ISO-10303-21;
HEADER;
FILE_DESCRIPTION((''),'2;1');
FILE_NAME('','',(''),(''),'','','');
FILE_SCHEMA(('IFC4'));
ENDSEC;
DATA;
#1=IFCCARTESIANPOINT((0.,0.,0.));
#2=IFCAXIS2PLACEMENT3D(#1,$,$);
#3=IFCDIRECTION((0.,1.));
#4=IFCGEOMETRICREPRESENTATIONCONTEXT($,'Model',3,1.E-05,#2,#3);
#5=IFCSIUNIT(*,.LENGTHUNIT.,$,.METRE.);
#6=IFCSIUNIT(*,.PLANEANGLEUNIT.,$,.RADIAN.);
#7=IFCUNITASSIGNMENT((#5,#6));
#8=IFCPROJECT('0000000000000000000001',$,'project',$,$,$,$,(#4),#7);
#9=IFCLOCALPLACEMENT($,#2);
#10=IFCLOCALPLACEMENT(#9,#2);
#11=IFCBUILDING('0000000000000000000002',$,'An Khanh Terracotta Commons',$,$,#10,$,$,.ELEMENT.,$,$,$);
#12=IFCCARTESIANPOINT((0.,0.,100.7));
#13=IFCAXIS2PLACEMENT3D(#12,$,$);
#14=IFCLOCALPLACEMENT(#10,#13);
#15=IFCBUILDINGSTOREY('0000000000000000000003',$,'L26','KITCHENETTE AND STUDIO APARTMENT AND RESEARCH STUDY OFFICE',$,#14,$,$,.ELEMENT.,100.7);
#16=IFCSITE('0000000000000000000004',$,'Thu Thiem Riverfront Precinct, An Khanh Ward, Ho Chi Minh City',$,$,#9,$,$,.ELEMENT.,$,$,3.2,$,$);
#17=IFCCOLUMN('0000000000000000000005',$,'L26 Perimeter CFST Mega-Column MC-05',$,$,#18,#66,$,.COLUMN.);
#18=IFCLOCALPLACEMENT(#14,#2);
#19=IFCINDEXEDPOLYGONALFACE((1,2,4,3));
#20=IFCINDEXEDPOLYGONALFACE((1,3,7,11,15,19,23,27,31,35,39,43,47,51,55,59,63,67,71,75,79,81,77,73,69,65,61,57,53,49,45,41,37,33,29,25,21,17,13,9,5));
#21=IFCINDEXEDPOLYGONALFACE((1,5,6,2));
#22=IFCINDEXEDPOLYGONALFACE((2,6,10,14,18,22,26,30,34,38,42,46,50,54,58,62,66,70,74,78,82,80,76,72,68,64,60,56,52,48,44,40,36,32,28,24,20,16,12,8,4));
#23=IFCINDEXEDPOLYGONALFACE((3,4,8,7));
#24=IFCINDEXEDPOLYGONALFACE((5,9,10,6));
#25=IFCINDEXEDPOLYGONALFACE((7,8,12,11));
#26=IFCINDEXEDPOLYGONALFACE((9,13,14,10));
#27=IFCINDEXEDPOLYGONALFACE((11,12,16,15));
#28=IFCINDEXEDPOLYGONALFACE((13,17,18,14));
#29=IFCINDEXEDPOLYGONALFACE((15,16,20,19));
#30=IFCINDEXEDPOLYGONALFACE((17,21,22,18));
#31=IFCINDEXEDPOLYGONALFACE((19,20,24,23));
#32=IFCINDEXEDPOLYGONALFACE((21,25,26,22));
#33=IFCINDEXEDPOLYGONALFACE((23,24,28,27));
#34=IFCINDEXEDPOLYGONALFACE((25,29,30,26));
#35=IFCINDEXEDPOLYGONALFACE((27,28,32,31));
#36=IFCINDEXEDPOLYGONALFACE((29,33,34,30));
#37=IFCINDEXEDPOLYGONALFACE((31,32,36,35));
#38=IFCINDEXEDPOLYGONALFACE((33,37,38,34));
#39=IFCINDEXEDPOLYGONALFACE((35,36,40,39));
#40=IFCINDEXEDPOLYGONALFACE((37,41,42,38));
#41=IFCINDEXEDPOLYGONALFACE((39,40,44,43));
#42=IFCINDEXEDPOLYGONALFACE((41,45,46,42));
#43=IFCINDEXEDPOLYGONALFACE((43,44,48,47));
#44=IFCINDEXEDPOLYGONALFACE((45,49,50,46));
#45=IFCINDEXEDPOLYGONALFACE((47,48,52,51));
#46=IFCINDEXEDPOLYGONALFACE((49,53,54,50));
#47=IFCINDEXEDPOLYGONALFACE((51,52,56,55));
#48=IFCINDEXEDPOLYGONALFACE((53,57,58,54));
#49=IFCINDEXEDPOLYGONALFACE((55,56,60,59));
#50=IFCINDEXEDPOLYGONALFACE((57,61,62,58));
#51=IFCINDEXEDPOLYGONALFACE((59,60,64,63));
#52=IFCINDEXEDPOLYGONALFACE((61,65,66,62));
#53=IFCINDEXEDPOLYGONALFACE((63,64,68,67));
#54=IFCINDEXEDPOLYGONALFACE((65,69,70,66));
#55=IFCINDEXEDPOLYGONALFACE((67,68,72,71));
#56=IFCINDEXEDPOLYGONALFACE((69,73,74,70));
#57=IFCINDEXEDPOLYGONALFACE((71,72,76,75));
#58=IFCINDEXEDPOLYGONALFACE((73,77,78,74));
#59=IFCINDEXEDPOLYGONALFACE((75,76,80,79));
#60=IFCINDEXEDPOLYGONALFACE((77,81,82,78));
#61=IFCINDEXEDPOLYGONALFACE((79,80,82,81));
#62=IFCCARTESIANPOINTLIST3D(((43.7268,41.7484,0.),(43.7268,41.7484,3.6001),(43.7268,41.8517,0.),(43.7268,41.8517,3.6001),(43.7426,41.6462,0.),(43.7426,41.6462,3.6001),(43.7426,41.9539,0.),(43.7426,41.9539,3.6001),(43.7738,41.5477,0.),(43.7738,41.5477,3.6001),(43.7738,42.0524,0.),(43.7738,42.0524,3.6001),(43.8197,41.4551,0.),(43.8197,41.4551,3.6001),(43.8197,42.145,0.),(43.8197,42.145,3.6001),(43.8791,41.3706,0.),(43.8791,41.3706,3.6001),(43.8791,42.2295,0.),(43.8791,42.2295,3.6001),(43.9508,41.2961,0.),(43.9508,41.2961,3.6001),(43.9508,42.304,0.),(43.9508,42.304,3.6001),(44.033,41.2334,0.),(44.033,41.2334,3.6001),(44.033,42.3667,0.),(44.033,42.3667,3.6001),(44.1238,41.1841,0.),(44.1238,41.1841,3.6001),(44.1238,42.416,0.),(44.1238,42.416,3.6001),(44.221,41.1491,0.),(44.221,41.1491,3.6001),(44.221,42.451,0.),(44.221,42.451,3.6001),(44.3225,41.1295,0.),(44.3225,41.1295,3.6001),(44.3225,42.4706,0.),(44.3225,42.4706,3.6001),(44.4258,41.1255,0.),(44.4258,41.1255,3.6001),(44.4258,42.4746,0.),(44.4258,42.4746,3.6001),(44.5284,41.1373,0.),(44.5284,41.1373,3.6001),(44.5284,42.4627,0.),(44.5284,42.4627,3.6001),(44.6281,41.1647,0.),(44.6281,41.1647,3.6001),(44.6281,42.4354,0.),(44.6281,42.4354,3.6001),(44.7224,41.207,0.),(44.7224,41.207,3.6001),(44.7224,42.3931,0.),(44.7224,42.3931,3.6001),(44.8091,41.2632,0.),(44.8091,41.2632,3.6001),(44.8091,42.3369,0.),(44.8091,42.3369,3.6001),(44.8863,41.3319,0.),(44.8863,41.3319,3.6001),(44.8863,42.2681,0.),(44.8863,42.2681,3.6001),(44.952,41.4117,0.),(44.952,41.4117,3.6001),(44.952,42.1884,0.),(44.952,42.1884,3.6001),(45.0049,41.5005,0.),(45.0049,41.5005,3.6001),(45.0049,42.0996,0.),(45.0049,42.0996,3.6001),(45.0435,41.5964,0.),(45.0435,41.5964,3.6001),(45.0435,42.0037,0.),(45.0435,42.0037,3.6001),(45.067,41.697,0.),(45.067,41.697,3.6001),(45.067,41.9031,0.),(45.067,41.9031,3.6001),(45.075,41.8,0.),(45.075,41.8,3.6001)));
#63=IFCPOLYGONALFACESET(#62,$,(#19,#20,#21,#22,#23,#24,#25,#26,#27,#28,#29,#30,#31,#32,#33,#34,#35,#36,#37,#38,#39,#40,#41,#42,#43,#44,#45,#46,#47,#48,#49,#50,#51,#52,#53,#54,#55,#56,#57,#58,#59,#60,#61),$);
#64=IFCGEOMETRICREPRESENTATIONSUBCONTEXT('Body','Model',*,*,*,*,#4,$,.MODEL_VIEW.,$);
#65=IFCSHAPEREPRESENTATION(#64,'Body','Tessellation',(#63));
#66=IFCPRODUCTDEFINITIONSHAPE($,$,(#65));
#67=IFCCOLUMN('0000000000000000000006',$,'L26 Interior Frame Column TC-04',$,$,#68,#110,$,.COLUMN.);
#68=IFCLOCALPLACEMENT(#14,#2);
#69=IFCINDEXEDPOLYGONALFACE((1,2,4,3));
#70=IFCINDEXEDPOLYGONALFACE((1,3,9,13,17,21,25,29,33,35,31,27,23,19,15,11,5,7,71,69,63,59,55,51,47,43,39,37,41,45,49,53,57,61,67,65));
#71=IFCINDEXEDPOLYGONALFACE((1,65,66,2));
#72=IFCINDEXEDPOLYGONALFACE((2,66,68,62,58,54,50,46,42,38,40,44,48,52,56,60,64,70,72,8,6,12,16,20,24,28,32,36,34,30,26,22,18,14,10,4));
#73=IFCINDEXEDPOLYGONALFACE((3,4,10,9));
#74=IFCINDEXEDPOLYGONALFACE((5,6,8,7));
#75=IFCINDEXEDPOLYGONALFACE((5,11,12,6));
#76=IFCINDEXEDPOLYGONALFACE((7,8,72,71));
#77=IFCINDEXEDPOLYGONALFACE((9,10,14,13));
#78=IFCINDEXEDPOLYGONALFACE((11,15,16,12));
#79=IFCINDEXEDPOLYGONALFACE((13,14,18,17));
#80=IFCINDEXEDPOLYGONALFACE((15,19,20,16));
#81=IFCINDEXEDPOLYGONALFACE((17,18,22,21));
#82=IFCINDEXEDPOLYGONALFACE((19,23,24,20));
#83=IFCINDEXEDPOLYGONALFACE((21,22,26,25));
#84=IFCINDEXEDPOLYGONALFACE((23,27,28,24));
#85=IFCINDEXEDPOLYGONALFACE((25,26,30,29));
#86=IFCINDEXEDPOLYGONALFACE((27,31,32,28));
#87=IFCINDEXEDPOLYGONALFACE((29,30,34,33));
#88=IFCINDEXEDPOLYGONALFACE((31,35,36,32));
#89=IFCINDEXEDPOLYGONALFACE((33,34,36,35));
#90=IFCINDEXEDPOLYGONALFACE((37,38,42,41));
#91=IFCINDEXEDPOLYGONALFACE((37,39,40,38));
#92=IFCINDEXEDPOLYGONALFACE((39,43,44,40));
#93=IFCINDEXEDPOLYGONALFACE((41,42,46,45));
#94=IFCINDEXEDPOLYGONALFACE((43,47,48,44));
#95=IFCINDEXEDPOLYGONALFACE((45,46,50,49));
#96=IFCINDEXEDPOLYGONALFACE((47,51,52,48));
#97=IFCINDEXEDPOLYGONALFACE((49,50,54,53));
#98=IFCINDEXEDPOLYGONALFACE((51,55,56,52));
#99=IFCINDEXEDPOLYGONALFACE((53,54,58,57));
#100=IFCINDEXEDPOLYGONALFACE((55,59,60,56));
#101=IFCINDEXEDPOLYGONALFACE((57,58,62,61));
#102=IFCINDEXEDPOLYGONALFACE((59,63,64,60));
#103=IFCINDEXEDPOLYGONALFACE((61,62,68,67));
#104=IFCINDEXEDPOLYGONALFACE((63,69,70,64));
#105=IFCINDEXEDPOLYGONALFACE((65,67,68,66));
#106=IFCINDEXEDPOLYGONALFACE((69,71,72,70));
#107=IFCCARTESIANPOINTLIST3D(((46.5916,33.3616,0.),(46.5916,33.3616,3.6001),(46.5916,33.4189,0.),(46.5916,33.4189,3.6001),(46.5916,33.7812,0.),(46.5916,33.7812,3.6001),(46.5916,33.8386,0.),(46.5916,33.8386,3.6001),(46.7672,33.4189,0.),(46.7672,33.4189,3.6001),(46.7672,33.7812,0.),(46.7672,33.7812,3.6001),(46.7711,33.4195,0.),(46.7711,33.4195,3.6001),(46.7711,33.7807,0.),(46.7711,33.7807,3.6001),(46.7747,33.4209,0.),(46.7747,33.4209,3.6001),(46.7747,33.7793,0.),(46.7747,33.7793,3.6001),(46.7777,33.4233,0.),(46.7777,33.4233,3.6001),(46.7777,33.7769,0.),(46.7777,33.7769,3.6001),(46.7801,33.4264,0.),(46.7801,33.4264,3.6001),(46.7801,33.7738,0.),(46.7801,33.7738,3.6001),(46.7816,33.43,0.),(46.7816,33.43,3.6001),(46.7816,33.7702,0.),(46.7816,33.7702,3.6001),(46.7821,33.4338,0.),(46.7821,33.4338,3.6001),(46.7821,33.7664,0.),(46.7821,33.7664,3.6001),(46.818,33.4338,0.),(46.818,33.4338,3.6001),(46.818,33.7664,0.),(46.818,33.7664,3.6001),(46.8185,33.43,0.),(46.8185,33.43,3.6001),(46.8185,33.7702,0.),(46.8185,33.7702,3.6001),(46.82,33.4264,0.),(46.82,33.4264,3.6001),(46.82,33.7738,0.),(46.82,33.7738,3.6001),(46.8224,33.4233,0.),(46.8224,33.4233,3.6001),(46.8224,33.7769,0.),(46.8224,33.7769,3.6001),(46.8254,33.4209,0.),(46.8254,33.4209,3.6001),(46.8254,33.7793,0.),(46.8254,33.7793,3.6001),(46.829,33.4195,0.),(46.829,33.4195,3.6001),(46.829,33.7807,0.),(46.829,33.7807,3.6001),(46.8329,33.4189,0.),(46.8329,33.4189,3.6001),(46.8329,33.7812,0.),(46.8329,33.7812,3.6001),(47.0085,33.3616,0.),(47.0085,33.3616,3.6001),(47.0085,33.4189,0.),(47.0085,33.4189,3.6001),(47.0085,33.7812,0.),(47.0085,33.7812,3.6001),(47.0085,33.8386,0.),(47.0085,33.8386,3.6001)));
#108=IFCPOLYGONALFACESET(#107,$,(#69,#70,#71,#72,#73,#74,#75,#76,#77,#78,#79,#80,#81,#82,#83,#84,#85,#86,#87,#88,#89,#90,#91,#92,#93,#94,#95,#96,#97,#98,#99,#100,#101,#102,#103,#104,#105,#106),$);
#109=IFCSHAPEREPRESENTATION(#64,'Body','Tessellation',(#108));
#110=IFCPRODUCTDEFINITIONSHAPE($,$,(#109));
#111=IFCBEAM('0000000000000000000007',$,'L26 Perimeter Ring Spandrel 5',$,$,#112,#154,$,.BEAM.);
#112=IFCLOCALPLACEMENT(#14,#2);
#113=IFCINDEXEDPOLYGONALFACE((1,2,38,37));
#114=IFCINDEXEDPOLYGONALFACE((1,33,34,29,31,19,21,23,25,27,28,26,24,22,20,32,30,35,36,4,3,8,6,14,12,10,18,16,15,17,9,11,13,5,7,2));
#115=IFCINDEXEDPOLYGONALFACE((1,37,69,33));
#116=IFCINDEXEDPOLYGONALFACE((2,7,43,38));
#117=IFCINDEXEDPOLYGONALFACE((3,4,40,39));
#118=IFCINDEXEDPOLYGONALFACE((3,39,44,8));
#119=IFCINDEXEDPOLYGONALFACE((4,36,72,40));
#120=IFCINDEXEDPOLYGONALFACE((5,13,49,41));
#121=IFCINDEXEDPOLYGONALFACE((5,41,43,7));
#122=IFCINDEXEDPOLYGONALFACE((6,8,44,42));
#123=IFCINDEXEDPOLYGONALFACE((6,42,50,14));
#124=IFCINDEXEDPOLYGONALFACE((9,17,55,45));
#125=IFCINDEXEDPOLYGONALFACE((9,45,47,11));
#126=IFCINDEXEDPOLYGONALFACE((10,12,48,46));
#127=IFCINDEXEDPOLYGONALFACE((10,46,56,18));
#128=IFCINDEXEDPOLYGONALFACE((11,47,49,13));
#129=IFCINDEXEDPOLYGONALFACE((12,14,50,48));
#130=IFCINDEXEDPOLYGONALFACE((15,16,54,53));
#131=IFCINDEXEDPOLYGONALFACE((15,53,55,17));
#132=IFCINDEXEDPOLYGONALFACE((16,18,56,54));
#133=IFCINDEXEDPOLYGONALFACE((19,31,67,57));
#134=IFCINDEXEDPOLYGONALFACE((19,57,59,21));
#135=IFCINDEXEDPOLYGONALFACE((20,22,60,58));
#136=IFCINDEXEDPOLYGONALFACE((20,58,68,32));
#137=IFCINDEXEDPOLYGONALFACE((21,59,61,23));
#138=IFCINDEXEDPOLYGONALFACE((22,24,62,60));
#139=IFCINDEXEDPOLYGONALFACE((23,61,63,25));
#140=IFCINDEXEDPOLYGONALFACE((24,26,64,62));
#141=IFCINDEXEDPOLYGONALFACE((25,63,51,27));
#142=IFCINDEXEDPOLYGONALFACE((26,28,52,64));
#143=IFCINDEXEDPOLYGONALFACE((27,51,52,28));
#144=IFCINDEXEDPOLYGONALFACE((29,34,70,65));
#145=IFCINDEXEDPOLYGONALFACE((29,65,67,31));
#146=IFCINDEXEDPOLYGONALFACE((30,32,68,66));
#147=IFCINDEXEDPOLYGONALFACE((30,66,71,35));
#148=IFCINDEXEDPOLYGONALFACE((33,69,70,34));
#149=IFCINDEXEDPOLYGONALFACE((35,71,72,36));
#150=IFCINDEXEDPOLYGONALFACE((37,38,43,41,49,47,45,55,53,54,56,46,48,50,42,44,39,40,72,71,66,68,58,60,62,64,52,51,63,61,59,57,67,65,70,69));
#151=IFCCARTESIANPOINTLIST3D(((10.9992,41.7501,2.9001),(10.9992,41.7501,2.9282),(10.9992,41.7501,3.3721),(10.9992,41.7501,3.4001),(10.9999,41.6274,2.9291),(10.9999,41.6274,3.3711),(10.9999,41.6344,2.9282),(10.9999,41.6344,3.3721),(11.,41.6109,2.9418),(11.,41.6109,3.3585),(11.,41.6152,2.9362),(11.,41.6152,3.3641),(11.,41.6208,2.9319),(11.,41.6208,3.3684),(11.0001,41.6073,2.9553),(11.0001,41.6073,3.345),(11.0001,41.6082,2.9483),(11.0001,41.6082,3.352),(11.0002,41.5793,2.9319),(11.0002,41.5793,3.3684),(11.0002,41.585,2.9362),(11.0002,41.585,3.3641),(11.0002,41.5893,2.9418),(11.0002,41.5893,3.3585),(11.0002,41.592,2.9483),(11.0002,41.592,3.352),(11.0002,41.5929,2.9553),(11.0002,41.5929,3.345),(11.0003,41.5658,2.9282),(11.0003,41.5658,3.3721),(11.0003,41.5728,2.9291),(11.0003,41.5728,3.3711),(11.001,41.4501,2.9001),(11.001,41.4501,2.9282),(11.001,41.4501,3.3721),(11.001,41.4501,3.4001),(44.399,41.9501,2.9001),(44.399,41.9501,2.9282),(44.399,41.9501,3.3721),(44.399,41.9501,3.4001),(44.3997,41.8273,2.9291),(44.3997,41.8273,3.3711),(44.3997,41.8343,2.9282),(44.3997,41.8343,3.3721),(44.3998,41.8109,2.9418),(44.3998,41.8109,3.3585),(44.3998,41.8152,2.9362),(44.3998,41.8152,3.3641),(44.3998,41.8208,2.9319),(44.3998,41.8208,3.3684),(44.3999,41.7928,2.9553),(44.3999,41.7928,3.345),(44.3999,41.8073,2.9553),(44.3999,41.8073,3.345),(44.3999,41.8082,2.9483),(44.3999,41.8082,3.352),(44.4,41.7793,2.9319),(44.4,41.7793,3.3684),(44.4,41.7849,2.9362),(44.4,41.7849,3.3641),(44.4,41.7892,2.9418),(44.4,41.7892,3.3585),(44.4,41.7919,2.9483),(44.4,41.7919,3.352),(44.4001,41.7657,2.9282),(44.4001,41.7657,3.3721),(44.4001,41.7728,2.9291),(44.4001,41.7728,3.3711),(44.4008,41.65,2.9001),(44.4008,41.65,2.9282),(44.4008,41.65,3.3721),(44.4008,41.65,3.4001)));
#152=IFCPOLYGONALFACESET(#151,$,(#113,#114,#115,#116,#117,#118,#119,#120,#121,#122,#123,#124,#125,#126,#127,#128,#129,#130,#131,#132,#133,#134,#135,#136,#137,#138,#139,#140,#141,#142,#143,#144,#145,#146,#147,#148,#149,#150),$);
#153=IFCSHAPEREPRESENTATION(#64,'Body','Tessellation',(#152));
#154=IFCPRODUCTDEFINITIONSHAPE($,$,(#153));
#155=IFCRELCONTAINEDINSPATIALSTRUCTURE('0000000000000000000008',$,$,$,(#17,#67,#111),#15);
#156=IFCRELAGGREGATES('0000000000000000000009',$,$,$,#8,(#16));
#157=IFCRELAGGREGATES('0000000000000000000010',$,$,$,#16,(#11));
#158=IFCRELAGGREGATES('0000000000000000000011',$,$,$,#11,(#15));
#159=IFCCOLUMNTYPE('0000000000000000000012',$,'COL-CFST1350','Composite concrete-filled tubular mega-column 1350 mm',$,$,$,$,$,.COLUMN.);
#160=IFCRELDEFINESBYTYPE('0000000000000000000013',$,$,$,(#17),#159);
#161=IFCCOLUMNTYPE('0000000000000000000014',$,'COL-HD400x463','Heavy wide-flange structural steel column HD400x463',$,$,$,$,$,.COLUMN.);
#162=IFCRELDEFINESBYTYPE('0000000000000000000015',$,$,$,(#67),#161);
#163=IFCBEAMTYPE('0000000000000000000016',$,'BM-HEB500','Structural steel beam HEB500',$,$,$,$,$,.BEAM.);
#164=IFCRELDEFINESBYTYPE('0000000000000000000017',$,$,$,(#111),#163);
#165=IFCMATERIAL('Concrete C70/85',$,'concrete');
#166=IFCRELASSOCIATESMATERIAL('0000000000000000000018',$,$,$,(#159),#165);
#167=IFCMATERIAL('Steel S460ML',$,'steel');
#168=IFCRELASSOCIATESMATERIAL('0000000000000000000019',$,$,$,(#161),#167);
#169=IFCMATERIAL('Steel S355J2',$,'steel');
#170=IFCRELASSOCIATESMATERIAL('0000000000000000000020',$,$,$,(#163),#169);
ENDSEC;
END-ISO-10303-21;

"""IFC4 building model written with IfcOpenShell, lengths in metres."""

from ifc_helpers import new_model, si_unit, direction, frame, origin, origin_2d, place, context, subcontext, project, spatial, circle, i_section, extrude, material, material_profile, profile_set, type_object, element, save


model = new_model("IFC4")

# Units and contexts
model_context = context("Model", 3, precision=1e-05, world=origin(), true_north=direction((0.0, 1.0)))
body_context = subcontext(model_context, "Body", "Model", "MODEL_VIEW")
ifc_project = project(units=[si_unit("LENGTHUNIT", "METRE"), si_unit("PLANEANGLEUNIT", "RADIAN")], contexts=[model_context])

# Site, building, storey
site_placement = place(None, origin())
site = spatial("IfcSite", under=ifc_project, at=site_placement, Name="Thu Thiem Riverfront Precinct, An Khanh Ward, Ho Chi Minh City", CompositionType="ELEMENT", RefElevation=3.2)
building_placement = place(site_placement, origin())
building = spatial("IfcBuilding", under=site, at=building_placement, Name="An Khanh Terracotta Commons", CompositionType="ELEMENT")
storey_placement = place(building_placement, frame((0.0, 0.0, 100.7)))
storey = spatial("IfcBuildingStorey", under=building, at=storey_placement, Name="L26", Description="KITCHENETTE AND STUDIO APARTMENT AND RESEARCH STUDY OFFICE", CompositionType="ELEMENT", Elevation=100.7)

# Columns
ifc_material_1 = material(Name="Concrete C70/85", Category="concrete")
ifc_material_profile_1 = material_profile(ifc_material_1, circle(Radius=0.675, at=origin_2d()), Name="CFST1350")
ifc_profile_set_1 = profile_set([ifc_material_profile_1], Name="Concrete C70/85")
column_type_1 = type_object("IfcColumnType", Name="COL-CFST1350", Description="Composite concrete-filled tubular mega-column 1350 mm", PredefinedType="COLUMN", material=ifc_profile_set_1)
column_1_placement = place(storey_placement, frame((44.3999, 41.8, 0.0), z_axis=(0.0, 0.0, 1.0), x_axis=(1.0, 0.0, 0.0)))
element("IfcColumn", 1, at=column_1_placement, inside=storey, type_object=column_type_1, Name="L26 Perimeter CFST Mega-Column MC-05", PredefinedType="COLUMN", context=body_context, shape_type="SweptSolid", body=[
    extrude(circle(Radius=0.675, at=origin_2d()), origin(), (0.0, 0.0, 1.0), 3.6001),
])
ifc_material_2 = material(Name="Steel S460ML", Category="steel")
ifc_material_profile_2 = material_profile(ifc_material_2, i_section(OverallWidth=0.417, OverallDepth=0.4771, WebThickness=0.0359, FlangeThickness=0.0574, FilletRadius=0.0149, at=origin_2d()), Name="HD400x463")
ifc_profile_set_2 = profile_set([ifc_material_profile_2], Name="Steel S460ML")
column_type_2 = type_object("IfcColumnType", Name="COL-HD400x463", Description="Heavy wide-flange structural steel column HD400x463", PredefinedType="COLUMN", material=ifc_profile_set_2)
column_2_placement = place(storey_placement, frame((46.8, 33.6001, 0.0), z_axis=(0.0, 0.0, 1.0), x_axis=(1.0, 0.0, 0.0)))
element("IfcColumn", 2, at=column_2_placement, inside=storey, type_object=column_type_2, Name="L26 Interior Frame Column TC-04", PredefinedType="COLUMN", context=body_context, shape_type="SweptSolid", body=[
    extrude(i_section(OverallWidth=0.417, OverallDepth=0.4771, WebThickness=0.0359, FlangeThickness=0.0574, FilletRadius=0.0149, at=origin_2d()), origin(), (0.0, 0.0, 1.0), 3.6001),
])

# Beam
ifc_material_3 = material(Name="Steel S355J2", Category="steel")
ifc_material_profile_3 = material_profile(ifc_material_3, i_section(OverallWidth=0.3, OverallDepth=0.5, WebThickness=0.0144, FlangeThickness=0.0281, FilletRadius=0.0271, at=origin_2d()), Name="HEB500")
ifc_profile_set_3 = profile_set([ifc_material_profile_3], Name="Steel S355J2")
beam_type = type_object("IfcBeamType", Name="BM-HEB500", Description="Structural steel beam HEB500", PredefinedType="BEAM", material=ifc_profile_set_3)
beam_1_placement = place(storey_placement, frame((44.3999, 41.8, 3.1501), z_axis=(-0.999982, -0.005986, 0.0), x_axis=(0.005986, -0.999982, 0.0)))
element("IfcBeam", 3, at=beam_1_placement, inside=storey, type_object=beam_type, Name="L26 Perimeter Ring Spandrel 5", PredefinedType="BEAM", context=body_context, shape_type="SweptSolid", body=[
    extrude(i_section(OverallWidth=0.3, OverallDepth=0.5, WebThickness=0.0144, FlangeThickness=0.0281, FilletRadius=0.0271, at=origin_2d()), origin(), (0.0, 0.0, 1.0), 33.4004),
])

save(model, "model.ifc")
